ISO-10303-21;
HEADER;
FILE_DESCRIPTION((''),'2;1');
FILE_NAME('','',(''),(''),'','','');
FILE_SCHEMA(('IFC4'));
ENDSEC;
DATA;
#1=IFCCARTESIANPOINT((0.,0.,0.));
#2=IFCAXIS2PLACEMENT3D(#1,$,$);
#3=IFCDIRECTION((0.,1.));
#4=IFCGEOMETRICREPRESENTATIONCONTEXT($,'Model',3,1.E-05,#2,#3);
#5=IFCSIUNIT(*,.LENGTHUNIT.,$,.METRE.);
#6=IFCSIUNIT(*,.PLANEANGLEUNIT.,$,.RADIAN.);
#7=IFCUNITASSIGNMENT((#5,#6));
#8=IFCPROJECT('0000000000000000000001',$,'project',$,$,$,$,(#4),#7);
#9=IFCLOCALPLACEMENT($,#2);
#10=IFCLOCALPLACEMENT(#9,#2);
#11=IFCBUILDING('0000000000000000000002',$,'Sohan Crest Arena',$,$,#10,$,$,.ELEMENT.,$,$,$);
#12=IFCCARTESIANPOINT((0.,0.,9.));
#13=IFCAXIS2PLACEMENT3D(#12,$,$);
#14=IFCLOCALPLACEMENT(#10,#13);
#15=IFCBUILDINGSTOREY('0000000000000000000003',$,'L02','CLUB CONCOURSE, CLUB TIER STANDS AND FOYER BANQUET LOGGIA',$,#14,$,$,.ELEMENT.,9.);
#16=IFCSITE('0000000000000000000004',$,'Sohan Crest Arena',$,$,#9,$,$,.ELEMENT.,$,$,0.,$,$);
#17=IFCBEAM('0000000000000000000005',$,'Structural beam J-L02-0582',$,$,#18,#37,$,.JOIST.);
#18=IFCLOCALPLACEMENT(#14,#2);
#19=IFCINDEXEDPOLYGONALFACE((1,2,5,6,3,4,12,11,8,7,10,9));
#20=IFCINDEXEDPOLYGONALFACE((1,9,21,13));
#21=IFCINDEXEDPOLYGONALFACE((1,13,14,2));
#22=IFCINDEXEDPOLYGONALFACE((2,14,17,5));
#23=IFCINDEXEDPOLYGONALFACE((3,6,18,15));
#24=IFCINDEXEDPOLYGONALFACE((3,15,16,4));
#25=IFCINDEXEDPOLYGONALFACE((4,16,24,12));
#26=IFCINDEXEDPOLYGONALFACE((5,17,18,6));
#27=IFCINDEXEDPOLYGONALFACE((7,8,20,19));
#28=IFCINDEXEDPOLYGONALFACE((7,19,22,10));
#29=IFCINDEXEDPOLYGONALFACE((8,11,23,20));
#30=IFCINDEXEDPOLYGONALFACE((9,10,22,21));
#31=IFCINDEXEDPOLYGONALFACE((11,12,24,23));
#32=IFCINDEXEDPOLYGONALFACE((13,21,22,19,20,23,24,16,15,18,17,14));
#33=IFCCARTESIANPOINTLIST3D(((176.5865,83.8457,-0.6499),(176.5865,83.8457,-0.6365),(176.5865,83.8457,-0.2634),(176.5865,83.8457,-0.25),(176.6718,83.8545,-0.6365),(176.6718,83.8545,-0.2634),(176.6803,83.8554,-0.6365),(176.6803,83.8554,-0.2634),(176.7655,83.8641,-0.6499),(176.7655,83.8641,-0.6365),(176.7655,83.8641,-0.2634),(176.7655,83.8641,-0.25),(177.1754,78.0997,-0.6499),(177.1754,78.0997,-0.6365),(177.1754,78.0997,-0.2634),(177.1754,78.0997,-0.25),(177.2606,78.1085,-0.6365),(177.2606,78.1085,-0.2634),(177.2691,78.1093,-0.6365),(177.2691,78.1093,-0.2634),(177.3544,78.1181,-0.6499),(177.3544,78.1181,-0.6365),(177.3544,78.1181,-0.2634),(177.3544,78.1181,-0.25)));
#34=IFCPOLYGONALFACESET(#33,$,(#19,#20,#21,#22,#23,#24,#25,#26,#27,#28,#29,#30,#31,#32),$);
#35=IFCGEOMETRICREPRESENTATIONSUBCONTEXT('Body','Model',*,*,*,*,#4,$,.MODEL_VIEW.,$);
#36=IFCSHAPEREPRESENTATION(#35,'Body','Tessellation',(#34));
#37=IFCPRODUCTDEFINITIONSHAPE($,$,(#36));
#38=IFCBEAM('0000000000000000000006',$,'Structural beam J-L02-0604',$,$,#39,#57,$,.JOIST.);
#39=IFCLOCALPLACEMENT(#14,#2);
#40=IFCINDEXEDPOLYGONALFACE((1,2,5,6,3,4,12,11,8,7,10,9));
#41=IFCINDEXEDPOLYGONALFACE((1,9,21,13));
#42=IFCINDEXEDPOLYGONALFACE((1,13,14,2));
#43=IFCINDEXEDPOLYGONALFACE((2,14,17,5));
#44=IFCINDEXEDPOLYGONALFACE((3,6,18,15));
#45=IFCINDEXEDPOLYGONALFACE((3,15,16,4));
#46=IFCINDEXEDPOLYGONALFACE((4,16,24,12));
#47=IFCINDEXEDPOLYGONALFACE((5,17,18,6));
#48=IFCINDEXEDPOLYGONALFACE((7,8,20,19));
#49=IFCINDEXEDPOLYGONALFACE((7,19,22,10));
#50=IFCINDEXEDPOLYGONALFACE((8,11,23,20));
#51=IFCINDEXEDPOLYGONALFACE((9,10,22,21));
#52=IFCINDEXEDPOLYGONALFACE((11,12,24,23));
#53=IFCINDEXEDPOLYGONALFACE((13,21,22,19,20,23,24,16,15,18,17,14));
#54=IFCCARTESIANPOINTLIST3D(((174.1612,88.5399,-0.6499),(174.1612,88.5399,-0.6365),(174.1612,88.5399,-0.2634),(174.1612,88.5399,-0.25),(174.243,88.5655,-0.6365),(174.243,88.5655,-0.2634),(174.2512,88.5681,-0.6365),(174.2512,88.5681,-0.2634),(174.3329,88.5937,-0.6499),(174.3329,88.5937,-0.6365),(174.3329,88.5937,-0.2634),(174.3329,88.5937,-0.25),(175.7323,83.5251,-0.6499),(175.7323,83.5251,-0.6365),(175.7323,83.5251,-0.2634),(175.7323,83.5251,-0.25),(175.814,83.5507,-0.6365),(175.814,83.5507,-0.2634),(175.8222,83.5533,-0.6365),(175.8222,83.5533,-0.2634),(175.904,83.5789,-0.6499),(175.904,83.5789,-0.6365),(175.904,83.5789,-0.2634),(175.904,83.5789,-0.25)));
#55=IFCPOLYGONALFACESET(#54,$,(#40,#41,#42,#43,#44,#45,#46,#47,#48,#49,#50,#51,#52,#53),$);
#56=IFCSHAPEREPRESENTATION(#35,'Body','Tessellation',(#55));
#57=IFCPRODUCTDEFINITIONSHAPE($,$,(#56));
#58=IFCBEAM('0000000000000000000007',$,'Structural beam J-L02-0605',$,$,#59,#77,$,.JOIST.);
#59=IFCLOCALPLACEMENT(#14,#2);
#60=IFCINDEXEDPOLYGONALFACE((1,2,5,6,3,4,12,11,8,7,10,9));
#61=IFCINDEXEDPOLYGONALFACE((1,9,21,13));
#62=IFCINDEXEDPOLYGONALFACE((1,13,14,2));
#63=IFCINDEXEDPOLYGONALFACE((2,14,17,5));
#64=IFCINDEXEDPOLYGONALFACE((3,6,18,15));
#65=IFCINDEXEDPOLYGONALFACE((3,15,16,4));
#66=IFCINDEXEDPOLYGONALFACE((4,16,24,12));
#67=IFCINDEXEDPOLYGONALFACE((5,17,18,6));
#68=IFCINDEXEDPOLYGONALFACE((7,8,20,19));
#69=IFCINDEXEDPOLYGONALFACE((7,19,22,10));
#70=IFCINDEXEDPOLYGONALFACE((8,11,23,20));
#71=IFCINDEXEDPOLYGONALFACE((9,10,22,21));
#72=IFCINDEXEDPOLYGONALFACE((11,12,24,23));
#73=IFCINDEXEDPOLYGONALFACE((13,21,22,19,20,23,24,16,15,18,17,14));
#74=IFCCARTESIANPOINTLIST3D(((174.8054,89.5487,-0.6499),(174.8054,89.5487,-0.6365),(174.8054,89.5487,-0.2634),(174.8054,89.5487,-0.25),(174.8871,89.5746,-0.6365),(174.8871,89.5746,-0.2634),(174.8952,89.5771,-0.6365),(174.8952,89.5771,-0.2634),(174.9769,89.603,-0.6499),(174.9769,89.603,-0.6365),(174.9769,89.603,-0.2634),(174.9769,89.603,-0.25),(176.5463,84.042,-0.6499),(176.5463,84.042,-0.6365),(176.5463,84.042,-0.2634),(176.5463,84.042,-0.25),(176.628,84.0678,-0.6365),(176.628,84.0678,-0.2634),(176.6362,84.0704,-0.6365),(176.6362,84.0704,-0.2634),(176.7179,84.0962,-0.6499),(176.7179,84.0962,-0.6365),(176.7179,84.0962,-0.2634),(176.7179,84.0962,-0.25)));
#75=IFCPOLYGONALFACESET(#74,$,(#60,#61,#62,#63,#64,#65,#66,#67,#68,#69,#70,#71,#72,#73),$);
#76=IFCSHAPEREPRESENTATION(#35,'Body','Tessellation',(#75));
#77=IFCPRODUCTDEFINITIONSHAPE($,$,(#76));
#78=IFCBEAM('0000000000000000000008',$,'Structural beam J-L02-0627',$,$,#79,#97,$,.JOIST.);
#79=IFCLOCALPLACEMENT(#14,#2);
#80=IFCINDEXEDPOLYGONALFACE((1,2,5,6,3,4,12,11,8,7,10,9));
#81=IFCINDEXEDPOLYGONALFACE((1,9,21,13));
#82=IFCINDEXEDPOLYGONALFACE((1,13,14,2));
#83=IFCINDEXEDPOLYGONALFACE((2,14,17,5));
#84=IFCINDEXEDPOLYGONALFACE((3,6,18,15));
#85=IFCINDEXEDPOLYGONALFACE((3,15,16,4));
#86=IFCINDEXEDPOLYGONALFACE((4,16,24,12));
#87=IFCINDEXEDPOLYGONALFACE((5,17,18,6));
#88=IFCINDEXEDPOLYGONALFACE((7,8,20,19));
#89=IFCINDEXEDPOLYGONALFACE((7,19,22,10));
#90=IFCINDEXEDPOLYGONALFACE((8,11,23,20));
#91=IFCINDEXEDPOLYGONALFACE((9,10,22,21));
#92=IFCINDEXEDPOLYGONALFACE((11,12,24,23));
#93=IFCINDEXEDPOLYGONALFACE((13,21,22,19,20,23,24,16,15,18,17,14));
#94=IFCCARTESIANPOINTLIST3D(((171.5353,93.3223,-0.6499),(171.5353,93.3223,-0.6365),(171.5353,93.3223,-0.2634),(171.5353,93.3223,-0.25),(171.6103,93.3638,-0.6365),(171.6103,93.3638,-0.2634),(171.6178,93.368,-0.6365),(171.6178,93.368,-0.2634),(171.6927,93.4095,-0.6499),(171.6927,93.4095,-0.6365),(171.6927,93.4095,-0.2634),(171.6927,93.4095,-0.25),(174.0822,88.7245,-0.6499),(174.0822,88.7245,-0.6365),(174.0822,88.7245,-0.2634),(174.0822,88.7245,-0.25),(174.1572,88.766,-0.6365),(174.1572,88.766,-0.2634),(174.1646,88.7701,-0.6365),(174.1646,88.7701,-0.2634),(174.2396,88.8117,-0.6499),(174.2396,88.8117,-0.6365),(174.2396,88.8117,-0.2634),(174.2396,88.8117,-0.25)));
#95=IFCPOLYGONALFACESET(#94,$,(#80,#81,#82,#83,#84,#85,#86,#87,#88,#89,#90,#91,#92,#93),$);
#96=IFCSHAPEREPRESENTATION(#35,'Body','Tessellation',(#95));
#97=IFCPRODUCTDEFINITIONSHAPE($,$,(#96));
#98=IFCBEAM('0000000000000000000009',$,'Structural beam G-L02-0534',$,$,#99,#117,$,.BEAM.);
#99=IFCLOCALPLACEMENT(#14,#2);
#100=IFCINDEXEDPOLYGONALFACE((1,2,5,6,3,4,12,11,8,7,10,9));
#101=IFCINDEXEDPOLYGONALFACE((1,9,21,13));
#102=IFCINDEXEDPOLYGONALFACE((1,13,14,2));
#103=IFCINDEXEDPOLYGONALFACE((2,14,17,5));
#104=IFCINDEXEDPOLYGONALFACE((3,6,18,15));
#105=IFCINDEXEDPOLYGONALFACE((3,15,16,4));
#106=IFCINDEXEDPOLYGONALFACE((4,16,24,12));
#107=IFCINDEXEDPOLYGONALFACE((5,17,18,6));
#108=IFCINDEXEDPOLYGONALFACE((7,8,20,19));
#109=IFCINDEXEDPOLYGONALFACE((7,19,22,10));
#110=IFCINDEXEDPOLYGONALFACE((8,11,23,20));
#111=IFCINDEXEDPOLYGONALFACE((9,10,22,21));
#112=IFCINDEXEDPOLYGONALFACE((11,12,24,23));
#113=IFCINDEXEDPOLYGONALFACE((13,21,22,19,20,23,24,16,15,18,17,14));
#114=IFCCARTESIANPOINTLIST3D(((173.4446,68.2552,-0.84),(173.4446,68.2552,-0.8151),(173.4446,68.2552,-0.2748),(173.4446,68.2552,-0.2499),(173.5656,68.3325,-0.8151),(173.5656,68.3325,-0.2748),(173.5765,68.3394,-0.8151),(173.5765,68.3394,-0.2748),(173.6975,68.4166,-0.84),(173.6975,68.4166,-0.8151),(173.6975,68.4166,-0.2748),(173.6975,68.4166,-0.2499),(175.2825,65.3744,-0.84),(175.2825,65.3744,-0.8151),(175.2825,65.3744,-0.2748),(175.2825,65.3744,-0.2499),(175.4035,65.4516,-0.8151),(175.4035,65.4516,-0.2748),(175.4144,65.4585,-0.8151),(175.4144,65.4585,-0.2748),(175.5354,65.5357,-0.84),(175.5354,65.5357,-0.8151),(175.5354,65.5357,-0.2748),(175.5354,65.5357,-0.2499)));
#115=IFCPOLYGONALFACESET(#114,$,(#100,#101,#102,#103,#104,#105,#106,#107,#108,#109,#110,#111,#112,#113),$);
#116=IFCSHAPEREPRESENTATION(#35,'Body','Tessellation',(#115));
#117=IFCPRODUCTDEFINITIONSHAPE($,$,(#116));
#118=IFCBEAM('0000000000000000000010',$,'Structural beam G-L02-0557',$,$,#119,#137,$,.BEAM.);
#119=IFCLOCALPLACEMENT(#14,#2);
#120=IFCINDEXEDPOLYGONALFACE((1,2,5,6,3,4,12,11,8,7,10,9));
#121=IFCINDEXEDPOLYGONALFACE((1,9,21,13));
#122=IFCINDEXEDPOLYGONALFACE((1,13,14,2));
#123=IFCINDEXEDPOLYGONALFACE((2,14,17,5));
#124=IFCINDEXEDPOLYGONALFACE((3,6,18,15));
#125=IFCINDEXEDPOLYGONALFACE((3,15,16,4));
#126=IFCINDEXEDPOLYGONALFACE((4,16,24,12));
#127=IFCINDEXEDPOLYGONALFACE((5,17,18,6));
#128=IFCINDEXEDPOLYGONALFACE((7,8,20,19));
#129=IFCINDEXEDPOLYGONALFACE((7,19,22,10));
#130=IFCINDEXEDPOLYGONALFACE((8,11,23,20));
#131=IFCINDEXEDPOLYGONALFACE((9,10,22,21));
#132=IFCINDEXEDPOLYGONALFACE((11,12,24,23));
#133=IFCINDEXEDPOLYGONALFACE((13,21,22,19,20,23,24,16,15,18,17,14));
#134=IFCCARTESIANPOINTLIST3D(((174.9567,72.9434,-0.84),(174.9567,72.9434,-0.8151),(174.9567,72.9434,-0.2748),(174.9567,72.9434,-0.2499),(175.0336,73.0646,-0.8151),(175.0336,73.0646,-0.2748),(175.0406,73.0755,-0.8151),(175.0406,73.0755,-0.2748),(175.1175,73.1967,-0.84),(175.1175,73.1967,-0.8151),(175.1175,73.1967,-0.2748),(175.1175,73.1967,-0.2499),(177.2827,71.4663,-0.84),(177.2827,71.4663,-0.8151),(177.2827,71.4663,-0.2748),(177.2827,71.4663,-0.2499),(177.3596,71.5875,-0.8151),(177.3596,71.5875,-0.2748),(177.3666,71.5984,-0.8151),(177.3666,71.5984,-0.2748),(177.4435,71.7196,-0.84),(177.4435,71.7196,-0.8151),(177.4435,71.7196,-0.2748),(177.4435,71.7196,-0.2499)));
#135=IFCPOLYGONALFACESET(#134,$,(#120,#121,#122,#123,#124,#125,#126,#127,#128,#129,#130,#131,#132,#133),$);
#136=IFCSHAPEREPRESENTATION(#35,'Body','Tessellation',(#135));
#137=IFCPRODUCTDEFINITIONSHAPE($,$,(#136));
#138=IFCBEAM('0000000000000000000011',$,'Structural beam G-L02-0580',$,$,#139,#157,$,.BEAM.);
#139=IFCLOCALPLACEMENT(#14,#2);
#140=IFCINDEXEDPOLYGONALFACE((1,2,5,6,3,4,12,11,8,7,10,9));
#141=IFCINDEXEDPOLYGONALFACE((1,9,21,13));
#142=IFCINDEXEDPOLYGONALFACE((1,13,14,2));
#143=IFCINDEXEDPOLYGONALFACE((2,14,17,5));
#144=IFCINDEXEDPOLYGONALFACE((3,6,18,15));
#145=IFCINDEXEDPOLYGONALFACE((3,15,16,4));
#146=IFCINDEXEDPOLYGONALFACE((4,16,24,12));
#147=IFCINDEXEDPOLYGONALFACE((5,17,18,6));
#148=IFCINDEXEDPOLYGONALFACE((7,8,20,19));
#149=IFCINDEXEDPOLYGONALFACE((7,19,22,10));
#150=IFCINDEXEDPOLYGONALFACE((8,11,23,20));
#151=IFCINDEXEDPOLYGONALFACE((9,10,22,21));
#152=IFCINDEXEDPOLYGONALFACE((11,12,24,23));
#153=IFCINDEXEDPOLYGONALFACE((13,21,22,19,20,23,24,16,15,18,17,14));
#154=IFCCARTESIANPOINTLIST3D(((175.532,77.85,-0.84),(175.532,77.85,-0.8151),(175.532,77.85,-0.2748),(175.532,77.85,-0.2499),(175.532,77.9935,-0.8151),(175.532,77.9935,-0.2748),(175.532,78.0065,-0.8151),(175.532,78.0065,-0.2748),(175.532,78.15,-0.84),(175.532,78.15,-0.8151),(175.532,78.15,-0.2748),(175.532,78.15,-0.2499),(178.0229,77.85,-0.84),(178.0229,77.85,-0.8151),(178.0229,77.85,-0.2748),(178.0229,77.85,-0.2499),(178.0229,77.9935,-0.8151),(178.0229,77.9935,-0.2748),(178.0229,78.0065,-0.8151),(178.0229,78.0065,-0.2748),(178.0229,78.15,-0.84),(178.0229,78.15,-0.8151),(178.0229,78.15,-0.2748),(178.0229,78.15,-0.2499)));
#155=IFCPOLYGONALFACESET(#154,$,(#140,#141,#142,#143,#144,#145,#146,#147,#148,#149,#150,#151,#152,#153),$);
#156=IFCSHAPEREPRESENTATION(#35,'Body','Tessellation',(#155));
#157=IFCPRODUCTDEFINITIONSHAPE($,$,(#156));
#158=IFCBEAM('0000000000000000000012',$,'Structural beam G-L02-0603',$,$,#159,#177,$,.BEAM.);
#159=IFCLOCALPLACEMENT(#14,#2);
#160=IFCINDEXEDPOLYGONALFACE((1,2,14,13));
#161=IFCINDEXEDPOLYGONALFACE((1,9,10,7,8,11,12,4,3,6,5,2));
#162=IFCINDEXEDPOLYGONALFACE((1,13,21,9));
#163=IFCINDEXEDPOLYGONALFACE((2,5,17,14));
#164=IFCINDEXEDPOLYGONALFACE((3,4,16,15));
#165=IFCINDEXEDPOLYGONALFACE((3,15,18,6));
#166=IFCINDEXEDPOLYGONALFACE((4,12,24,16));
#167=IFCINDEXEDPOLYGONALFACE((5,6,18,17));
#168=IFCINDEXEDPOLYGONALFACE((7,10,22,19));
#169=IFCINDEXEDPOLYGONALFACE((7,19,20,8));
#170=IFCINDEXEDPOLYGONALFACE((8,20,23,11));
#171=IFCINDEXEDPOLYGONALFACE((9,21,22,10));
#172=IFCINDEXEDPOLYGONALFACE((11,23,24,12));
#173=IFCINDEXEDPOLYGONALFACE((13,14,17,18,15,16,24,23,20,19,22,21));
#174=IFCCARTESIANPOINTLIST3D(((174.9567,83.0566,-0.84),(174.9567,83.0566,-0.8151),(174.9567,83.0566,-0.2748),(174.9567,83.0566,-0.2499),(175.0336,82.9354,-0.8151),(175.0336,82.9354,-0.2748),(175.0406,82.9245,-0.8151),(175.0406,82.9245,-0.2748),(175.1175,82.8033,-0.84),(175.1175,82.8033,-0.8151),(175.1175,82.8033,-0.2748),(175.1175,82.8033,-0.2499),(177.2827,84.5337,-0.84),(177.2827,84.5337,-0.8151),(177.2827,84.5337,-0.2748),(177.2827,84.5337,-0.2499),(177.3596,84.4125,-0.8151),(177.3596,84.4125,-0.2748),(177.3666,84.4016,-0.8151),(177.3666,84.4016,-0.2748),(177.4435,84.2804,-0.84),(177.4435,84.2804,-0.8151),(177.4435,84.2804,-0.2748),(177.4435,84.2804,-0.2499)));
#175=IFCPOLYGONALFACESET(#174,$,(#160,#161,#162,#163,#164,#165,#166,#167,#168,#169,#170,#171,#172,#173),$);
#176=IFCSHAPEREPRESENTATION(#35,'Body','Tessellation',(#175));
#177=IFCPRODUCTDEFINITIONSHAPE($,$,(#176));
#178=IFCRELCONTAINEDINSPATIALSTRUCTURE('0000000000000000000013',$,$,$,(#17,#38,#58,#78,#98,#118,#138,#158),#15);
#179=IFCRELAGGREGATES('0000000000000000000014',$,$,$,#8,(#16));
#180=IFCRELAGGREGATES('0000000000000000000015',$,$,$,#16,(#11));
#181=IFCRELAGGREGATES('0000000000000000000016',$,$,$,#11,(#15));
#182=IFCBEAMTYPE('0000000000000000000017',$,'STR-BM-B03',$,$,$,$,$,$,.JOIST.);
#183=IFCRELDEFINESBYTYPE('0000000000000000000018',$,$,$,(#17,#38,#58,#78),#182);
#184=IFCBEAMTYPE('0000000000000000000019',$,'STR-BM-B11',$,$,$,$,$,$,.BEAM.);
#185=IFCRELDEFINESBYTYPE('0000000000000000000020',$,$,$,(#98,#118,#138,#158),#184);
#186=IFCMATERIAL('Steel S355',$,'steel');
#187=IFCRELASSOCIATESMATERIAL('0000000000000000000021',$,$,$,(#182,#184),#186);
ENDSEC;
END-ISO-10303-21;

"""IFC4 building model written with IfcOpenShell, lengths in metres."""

from ifc_helpers import new_model, si_unit, direction, frame, origin, origin_2d, place, context, subcontext, project, spatial, i_section, extrude, material, material_profile, profile_set, type_object, element, save


model = new_model("IFC4")

# Units and contexts
model_context = context("Model", 3, precision=1e-05, world=origin(), true_north=direction((0.0, 1.0)))
body_context = subcontext(model_context, "Body", "Model", "MODEL_VIEW")
ifc_project = project(units=[si_unit("LENGTHUNIT", "METRE"), si_unit("PLANEANGLEUNIT", "RADIAN")], contexts=[model_context])

# Site, building, storey
site_placement = place(None, origin())
site = spatial("IfcSite", under=ifc_project, at=site_placement, Name="Sohan Crest Arena", CompositionType="ELEMENT", RefElevation=0.0)
building_placement = place(site_placement, origin())
building = spatial("IfcBuilding", under=site, at=building_placement, Name="Sohan Crest Arena", CompositionType="ELEMENT")
storey_placement = place(building_placement, frame((0.0, 0.0, 9.0)))
storey = spatial("IfcBuildingStorey", under=building, at=storey_placement, Name="L02", Description="CLUB CONCOURSE, CLUB TIER STANDS AND FOYER BANQUET LOGGIA", CompositionType="ELEMENT", Elevation=9.0)

# Beams
ifc_material_1 = material(Name="Steel S355", Category="steel")
ifc_material_profile_1 = material_profile(ifc_material_1, i_section(OverallWidth=0.1799, OverallDepth=0.3999, WebThickness=0.0085, FlangeThickness=0.0134, at=origin_2d()), Name="IPE 400")
ifc_profile_set_1 = profile_set([ifc_material_profile_1], Name="Steel S355")
beam_type_1 = type_object("IfcBeamType", Name="STR-BM-B03", PredefinedType="JOIST", material=ifc_profile_set_1)
beam_1_placement = place(storey_placement, frame((177.2649, 78.1089, -0.45), z_axis=(-0.101947, 0.99479, 0.0), x_axis=(-0.99479, -0.101947, 0.0)))
element("IfcBeam", 1, at=beam_1_placement, inside=storey, type_object=beam_type_1, Name="Structural beam J-L02-0582", PredefinedType="JOIST", context=body_context, shape_type="SweptSolid", body=[
    extrude(i_section(OverallWidth=0.1799, OverallDepth=0.3999, WebThickness=0.0085, FlangeThickness=0.0134, at=origin_2d()), origin(), (0.0, 0.0, 1.0), 5.7761),
])
beam_2_placement = place(storey_placement, frame((175.8181, 83.552, -0.45), z_axis=(-0.298949, 0.954269, 0.0), x_axis=(-0.954269, -0.298949, 0.0)))
element("IfcBeam", 2, at=beam_2_placement, inside=storey, type_object=beam_type_1, Name="Structural beam J-L02-0604", PredefinedType="JOIST", context=body_context, shape_type="SweptSolid", body=[
    extrude(i_section(OverallWidth=0.1799, OverallDepth=0.3999, WebThickness=0.0085, FlangeThickness=0.0134, at=origin_2d()), origin(), (0.0, 0.0, 1.0), 5.2551),
])
beam_3_placement = place(storey_placement, frame((176.6321, 84.0691, -0.45), z_axis=(-0.301441, 0.953485, 0.0), x_axis=(-0.953485, -0.301441, 0.0)))
element("IfcBeam", 3, at=beam_3_placement, inside=storey, type_object=beam_type_1, Name="Structural beam J-L02-0605", PredefinedType="JOIST", context=body_context, shape_type="SweptSolid", body=[
    extrude(i_section(OverallWidth=0.1799, OverallDepth=0.3999, WebThickness=0.0085, FlangeThickness=0.0134, at=origin_2d()), origin(), (0.0, 0.0, 1.0), 5.7754),
])
beam_4_placement = place(storey_placement, frame((174.1609, 88.7681, -0.45), z_axis=(-0.48455, 0.874763, 0.0), x_axis=(-0.874763, -0.48455, 0.0)))
element("IfcBeam", 4, at=beam_4_placement, inside=storey, type_object=beam_type_1, Name="Structural beam J-L02-0627", PredefinedType="JOIST", context=body_context, shape_type="SweptSolid", body=[
    extrude(i_section(OverallWidth=0.1799, OverallDepth=0.3999, WebThickness=0.0085, FlangeThickness=0.0134, at=origin_2d()), origin(), (0.0, 0.0, 1.0), 5.2561),
])
ifc_material_profile_2 = material_profile(ifc_material_1, i_section(OverallWidth=0.3, OverallDepth=0.5901, WebThickness=0.0129, FlangeThickness=0.0249, at=origin_2d()), Name="HEA 600")
ifc_profile_set_2 = profile_set([ifc_material_profile_2], Name="Steel S355")
beam_type_2 = type_object("IfcBeamType", Name="STR-BM-B11", PredefinedType="BEAM", material=ifc_profile_set_2)
beam_5_placement = place(storey_placement, frame((173.571, 68.3359, -0.5449), z_axis=(0.537837, -0.843049, 0.0), x_axis=(0.843049, 0.537837, 0.0)))
element("IfcBeam", 5, at=beam_5_placement, inside=storey, type_object=beam_type_2, Name="Structural beam G-L02-0534", PredefinedType="BEAM", context=body_context, shape_type="SweptSolid", body=[
    extrude(i_section(OverallWidth=0.3, OverallDepth=0.5901, WebThickness=0.0129, FlangeThickness=0.0249, at=origin_2d()), origin(), (0.0, 0.0, 1.0), 3.4172),
])
beam_6_placement = place(storey_placement, frame((175.0371, 73.0701, -0.5449), z_axis=(0.844168, -0.536078, 0.0), x_axis=(0.536078, 0.844168, 0.0)))
element("IfcBeam", 6, at=beam_6_placement, inside=storey, type_object=beam_type_2, Name="Structural beam G-L02-0557", PredefinedType="BEAM", context=body_context, shape_type="SweptSolid", body=[
    extrude(i_section(OverallWidth=0.3, OverallDepth=0.5901, WebThickness=0.0129, FlangeThickness=0.0249, at=origin_2d()), origin(), (0.0, 0.0, 1.0), 2.7554),
])
beam_7_placement = place(storey_placement, frame((175.532, 78.0, -0.5449), z_axis=(1.0, 0.0, 0.0), x_axis=(0.0, 1.0, 0.0)))
element("IfcBeam", 7, at=beam_7_placement, inside=storey, type_object=beam_type_2, Name="Structural beam G-L02-0580", PredefinedType="BEAM", context=body_context, shape_type="SweptSolid", body=[
    extrude(i_section(OverallWidth=0.3, OverallDepth=0.5901, WebThickness=0.0129, FlangeThickness=0.0249, at=origin_2d()), origin(), (0.0, 0.0, 1.0), 2.491),
])
beam_8_placement = place(storey_placement, frame((175.0371, 82.9299, -0.5449), z_axis=(0.844168, 0.536078, 0.0), x_axis=(-0.536078, 0.844168, 0.0)))
element("IfcBeam", 8, at=beam_8_placement, inside=storey, type_object=beam_type_2, Name="Structural beam G-L02-0603", PredefinedType="BEAM", context=body_context, shape_type="SweptSolid", body=[
    extrude(i_section(OverallWidth=0.3, OverallDepth=0.5901, WebThickness=0.0129, FlangeThickness=0.0249, at=origin_2d()), origin(), (0.0, 0.0, 1.0), 2.7554),
])

save(model, "model.ifc")
